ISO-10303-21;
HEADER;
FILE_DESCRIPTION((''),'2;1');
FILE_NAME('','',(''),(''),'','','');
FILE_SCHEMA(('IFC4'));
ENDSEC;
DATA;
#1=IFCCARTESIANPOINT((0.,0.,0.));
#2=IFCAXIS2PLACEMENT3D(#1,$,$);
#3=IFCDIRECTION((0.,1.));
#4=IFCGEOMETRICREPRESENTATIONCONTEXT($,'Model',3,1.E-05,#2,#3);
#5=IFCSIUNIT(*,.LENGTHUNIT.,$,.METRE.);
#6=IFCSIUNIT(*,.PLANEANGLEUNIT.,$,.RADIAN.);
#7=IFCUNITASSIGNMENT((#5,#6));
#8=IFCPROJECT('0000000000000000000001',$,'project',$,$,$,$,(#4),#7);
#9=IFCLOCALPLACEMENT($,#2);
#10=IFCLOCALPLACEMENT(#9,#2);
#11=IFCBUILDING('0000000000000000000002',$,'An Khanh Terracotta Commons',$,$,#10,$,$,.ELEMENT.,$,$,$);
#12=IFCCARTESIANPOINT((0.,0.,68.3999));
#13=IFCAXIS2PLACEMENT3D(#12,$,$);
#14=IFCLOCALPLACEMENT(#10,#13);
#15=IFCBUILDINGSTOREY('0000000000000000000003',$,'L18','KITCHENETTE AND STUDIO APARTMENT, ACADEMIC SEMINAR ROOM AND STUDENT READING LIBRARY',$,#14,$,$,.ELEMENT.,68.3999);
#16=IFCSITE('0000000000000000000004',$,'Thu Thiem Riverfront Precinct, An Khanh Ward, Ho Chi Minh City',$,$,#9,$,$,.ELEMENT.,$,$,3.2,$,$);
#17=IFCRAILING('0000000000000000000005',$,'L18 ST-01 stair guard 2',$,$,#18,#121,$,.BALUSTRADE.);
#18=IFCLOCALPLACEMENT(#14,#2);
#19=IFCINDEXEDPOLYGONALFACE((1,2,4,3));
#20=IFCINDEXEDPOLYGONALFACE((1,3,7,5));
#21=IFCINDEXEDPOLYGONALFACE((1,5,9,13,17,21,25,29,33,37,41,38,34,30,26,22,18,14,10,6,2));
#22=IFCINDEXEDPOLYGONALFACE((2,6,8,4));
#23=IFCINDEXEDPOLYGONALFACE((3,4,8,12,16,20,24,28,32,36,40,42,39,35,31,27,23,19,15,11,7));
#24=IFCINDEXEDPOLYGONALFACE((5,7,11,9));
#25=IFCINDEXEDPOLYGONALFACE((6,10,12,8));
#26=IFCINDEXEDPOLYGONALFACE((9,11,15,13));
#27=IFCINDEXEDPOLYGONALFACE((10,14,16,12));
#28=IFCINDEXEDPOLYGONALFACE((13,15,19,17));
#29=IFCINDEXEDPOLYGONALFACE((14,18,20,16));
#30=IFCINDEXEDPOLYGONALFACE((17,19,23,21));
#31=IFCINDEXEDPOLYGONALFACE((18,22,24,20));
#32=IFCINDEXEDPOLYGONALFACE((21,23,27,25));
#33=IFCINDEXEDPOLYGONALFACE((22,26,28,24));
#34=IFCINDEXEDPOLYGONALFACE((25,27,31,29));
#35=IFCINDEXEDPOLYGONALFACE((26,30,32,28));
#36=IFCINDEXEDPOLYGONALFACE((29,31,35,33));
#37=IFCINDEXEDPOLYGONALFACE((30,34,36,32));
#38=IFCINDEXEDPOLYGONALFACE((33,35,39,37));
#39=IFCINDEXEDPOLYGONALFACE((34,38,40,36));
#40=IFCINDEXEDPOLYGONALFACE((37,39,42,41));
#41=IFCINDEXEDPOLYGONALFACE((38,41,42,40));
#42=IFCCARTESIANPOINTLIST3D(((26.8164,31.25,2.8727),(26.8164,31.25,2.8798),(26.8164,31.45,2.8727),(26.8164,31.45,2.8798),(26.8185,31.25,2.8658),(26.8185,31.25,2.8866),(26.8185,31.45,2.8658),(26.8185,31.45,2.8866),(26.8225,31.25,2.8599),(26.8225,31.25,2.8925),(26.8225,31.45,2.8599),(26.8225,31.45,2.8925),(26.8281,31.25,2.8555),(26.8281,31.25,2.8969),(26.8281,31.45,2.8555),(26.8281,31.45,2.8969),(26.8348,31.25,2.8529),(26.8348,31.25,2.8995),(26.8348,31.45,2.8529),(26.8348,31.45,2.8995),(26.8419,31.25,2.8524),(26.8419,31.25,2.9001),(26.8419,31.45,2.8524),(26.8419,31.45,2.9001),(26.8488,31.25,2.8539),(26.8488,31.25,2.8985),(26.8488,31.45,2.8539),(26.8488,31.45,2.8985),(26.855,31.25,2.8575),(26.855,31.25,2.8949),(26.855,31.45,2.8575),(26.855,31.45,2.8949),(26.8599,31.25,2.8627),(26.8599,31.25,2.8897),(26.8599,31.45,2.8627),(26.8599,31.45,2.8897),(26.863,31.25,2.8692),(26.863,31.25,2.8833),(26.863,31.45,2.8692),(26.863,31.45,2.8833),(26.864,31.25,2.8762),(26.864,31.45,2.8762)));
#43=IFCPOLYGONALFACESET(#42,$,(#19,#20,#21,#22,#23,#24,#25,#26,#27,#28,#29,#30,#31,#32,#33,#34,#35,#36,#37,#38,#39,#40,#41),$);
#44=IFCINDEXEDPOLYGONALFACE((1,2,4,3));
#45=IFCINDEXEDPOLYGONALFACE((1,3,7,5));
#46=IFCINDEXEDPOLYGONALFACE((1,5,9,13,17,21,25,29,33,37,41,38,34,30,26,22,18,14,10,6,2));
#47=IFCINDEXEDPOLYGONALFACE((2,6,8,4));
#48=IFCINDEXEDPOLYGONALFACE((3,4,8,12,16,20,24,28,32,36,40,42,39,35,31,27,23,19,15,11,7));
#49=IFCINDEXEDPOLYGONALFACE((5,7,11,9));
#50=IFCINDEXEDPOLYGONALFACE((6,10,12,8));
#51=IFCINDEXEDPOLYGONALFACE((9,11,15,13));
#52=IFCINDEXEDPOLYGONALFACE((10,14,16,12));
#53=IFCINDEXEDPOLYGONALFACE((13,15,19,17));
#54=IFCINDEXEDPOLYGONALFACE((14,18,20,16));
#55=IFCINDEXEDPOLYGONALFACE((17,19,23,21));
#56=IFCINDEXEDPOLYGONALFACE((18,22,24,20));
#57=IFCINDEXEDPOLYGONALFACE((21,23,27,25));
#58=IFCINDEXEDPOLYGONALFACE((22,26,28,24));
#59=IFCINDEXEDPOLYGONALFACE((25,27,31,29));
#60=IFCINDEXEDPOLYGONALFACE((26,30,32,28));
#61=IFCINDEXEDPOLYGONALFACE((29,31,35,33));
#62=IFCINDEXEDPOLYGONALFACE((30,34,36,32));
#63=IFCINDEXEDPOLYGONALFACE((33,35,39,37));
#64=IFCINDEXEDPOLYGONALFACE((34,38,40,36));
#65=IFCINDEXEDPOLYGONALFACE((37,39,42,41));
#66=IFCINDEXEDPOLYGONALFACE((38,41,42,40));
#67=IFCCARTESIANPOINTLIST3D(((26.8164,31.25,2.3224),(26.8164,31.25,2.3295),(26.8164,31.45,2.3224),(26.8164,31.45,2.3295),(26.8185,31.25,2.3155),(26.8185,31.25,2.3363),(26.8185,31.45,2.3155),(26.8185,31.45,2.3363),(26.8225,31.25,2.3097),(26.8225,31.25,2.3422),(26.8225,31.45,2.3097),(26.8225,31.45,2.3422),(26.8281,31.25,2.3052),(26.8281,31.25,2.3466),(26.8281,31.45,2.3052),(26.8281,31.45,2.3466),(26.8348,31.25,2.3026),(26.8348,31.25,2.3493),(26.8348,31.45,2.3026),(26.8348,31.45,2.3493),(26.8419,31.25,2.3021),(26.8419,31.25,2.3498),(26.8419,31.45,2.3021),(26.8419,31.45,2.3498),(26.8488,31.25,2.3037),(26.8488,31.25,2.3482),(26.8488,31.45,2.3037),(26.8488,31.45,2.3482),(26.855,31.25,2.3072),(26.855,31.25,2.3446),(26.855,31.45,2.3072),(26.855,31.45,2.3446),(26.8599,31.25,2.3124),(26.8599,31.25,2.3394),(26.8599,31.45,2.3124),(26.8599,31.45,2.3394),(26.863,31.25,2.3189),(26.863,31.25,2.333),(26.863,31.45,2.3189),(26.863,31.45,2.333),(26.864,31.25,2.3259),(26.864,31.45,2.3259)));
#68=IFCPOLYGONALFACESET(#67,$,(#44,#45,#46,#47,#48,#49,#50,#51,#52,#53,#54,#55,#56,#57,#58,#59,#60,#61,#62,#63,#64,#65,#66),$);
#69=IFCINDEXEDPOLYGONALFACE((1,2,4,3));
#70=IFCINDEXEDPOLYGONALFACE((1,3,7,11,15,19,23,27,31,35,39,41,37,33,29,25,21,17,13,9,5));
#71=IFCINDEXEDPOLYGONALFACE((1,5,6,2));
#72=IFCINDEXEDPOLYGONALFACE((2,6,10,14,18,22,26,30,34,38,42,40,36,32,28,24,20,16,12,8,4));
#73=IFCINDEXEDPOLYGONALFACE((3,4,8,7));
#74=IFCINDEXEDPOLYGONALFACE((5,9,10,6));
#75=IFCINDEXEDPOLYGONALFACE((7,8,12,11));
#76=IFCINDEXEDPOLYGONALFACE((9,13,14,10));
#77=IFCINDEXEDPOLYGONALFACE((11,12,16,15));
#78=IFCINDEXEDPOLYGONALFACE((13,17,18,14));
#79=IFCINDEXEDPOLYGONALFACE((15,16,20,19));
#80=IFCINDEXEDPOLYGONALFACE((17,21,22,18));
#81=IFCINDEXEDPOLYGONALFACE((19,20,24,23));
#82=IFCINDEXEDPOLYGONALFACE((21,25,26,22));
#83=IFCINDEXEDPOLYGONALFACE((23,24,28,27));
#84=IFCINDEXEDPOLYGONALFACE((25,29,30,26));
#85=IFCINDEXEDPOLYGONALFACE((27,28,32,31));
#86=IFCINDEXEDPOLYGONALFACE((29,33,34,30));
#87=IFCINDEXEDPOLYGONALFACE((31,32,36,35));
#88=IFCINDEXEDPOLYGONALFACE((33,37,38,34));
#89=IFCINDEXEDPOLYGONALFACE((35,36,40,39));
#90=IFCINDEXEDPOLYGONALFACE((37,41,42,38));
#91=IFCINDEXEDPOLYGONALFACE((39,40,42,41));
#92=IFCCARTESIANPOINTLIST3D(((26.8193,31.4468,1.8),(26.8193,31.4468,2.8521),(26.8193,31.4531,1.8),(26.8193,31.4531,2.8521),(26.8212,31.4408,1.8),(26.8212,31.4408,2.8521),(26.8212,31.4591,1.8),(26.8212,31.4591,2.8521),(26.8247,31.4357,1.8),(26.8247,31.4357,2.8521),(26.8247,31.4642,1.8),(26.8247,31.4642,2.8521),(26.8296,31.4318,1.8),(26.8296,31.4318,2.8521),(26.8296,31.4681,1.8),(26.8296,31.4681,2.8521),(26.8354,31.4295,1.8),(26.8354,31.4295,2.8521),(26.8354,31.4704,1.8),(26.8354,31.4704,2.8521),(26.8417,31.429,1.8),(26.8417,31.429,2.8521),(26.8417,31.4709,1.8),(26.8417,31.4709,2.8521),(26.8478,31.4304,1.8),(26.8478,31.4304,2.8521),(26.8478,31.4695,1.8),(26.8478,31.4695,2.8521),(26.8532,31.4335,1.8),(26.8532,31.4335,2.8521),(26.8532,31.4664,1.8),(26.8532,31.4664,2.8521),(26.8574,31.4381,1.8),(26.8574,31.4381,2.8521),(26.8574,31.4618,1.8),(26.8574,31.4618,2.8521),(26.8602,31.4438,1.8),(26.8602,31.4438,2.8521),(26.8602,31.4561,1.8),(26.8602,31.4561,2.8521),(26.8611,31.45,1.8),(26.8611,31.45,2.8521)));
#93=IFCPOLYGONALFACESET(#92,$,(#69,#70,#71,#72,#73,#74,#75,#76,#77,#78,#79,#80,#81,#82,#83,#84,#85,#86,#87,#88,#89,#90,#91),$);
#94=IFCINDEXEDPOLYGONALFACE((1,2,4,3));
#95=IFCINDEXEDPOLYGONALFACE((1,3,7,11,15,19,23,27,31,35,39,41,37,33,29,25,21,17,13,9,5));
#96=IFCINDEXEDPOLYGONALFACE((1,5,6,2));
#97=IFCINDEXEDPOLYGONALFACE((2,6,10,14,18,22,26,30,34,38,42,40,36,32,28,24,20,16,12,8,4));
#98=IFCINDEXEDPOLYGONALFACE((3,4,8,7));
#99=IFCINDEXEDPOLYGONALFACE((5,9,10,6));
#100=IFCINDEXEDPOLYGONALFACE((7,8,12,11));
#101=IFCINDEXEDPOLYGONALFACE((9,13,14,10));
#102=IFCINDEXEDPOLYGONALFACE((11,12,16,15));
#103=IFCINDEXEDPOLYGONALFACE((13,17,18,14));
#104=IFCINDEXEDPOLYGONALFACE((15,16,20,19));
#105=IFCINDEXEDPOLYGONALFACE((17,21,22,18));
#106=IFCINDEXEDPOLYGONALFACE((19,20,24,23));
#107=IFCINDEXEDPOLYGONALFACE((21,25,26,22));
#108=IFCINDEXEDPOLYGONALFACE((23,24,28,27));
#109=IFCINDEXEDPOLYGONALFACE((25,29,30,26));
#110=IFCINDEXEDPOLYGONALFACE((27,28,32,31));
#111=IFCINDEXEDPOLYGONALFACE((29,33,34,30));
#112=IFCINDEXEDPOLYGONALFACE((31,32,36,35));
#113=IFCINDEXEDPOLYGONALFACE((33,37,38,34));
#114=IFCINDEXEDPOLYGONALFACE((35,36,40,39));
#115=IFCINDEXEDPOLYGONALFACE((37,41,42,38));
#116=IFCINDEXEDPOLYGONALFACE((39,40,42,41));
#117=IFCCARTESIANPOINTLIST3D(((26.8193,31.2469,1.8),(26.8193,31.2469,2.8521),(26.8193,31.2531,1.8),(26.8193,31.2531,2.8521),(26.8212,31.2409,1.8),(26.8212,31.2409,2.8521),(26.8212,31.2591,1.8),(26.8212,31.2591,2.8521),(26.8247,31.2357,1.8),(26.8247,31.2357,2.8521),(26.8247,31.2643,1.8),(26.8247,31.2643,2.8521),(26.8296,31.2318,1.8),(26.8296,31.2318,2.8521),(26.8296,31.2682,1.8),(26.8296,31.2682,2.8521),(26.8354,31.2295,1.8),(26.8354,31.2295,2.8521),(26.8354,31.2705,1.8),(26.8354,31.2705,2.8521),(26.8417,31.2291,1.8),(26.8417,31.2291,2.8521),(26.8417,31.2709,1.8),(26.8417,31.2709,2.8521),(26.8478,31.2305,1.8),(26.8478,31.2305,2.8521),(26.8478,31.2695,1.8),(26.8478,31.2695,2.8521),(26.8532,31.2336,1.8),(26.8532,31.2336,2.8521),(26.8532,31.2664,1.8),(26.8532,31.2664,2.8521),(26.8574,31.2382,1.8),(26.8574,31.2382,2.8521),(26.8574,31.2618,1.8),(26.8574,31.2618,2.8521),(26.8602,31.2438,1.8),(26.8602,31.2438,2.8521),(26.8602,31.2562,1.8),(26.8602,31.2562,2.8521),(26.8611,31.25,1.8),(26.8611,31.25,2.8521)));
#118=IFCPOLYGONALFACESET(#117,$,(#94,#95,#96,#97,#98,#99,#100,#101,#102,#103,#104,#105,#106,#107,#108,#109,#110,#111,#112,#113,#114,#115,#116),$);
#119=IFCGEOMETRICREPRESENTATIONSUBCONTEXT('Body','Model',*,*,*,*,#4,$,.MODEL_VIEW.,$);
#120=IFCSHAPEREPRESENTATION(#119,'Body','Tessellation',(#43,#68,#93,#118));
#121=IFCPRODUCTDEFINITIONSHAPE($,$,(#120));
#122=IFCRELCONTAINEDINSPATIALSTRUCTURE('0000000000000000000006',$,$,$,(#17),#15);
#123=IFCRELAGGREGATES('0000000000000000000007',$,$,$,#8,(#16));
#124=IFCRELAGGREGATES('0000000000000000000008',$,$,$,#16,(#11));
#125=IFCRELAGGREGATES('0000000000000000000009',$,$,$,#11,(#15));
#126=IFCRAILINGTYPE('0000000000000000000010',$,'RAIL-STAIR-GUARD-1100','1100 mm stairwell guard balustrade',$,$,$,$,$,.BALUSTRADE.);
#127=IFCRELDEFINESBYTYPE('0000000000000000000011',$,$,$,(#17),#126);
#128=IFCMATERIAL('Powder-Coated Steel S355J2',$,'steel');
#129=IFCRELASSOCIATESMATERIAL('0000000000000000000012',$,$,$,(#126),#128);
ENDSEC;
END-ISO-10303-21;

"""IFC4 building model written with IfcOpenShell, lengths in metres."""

from ifc_helpers import new_model, si_unit, direction, frame, origin, origin_2d, place, context, subcontext, project, spatial, circle, extrude, material, type_object, element, save


model = new_model("IFC4")

# Units and contexts
model_context = context("Model", 3, precision=1e-05, world=origin(), true_north=direction((0.0, 1.0)))
body_context = subcontext(model_context, "Body", "Model", "MODEL_VIEW")
ifc_project = project(units=[si_unit("LENGTHUNIT", "METRE"), si_unit("PLANEANGLEUNIT", "RADIAN")], contexts=[model_context])

# Site, building, storey
site_placement = place(None, origin())
site = spatial("IfcSite", under=ifc_project, at=site_placement, Name="Thu Thiem Riverfront Precinct, An Khanh Ward, Ho Chi Minh City", CompositionType="ELEMENT", RefElevation=3.2)
building_placement = place(site_placement, origin())
building = spatial("IfcBuilding", under=site, at=building_placement, Name="An Khanh Terracotta Commons", CompositionType="ELEMENT")
storey_placement = place(building_placement, frame((0.0, 0.0, 68.3999)))
storey = spatial("IfcBuildingStorey", under=building, at=storey_placement, Name="L18", Description="KITCHENETTE AND STUDIO APARTMENT, ACADEMIC SEMINAR ROOM AND STUDENT READING LIBRARY", CompositionType="ELEMENT", Elevation=68.3999)

# Railing
ifc_material_1 = material(Name="Powder-Coated Steel S355J2", Category="steel")
railing_type_1 = type_object("IfcRailingType", Name="RAIL-STAIR-GUARD-1100", Description="1100 mm stairwell guard balustrade", PredefinedType="BALUSTRADE", material=ifc_material_1)
railing_1_placement = place(storey_placement, frame((26.8401, 31.45, 1.8)))
element("IfcRailing", 1, at=railing_1_placement, inside=storey, type_object=railing_type_1, Name="L18 ST-01 stair guard 2", PredefinedType="BALUSTRADE", context=body_context, shape_type="SweptSolid", body=[
    extrude(circle(Radius=0.0239, at=origin_2d()), frame((0.0, 0.0, 1.0762), z_axis=(0.0, -1.0, 0.0), x_axis=(1.0, 0.0, 0.0)), (0.0, 0.0, 1.0), 0.2),
    extrude(circle(Radius=0.0239, at=origin_2d()), frame((0.0, 0.0, 0.5259), z_axis=(0.0, -1.0, 0.0), x_axis=(1.0, 0.0, 0.0)), (0.0, 0.0, 1.0), 0.2),
    extrude(circle(Radius=0.021, at=origin_2d()), origin(), (0.0, 0.0, 1.0), 1.052),
    extrude(circle(Radius=0.021, at=origin_2d()), frame((0.0, -0.2, 0.0)), (0.0, 0.0, 1.0), 1.052),
])

save(model, "model.ifc")
